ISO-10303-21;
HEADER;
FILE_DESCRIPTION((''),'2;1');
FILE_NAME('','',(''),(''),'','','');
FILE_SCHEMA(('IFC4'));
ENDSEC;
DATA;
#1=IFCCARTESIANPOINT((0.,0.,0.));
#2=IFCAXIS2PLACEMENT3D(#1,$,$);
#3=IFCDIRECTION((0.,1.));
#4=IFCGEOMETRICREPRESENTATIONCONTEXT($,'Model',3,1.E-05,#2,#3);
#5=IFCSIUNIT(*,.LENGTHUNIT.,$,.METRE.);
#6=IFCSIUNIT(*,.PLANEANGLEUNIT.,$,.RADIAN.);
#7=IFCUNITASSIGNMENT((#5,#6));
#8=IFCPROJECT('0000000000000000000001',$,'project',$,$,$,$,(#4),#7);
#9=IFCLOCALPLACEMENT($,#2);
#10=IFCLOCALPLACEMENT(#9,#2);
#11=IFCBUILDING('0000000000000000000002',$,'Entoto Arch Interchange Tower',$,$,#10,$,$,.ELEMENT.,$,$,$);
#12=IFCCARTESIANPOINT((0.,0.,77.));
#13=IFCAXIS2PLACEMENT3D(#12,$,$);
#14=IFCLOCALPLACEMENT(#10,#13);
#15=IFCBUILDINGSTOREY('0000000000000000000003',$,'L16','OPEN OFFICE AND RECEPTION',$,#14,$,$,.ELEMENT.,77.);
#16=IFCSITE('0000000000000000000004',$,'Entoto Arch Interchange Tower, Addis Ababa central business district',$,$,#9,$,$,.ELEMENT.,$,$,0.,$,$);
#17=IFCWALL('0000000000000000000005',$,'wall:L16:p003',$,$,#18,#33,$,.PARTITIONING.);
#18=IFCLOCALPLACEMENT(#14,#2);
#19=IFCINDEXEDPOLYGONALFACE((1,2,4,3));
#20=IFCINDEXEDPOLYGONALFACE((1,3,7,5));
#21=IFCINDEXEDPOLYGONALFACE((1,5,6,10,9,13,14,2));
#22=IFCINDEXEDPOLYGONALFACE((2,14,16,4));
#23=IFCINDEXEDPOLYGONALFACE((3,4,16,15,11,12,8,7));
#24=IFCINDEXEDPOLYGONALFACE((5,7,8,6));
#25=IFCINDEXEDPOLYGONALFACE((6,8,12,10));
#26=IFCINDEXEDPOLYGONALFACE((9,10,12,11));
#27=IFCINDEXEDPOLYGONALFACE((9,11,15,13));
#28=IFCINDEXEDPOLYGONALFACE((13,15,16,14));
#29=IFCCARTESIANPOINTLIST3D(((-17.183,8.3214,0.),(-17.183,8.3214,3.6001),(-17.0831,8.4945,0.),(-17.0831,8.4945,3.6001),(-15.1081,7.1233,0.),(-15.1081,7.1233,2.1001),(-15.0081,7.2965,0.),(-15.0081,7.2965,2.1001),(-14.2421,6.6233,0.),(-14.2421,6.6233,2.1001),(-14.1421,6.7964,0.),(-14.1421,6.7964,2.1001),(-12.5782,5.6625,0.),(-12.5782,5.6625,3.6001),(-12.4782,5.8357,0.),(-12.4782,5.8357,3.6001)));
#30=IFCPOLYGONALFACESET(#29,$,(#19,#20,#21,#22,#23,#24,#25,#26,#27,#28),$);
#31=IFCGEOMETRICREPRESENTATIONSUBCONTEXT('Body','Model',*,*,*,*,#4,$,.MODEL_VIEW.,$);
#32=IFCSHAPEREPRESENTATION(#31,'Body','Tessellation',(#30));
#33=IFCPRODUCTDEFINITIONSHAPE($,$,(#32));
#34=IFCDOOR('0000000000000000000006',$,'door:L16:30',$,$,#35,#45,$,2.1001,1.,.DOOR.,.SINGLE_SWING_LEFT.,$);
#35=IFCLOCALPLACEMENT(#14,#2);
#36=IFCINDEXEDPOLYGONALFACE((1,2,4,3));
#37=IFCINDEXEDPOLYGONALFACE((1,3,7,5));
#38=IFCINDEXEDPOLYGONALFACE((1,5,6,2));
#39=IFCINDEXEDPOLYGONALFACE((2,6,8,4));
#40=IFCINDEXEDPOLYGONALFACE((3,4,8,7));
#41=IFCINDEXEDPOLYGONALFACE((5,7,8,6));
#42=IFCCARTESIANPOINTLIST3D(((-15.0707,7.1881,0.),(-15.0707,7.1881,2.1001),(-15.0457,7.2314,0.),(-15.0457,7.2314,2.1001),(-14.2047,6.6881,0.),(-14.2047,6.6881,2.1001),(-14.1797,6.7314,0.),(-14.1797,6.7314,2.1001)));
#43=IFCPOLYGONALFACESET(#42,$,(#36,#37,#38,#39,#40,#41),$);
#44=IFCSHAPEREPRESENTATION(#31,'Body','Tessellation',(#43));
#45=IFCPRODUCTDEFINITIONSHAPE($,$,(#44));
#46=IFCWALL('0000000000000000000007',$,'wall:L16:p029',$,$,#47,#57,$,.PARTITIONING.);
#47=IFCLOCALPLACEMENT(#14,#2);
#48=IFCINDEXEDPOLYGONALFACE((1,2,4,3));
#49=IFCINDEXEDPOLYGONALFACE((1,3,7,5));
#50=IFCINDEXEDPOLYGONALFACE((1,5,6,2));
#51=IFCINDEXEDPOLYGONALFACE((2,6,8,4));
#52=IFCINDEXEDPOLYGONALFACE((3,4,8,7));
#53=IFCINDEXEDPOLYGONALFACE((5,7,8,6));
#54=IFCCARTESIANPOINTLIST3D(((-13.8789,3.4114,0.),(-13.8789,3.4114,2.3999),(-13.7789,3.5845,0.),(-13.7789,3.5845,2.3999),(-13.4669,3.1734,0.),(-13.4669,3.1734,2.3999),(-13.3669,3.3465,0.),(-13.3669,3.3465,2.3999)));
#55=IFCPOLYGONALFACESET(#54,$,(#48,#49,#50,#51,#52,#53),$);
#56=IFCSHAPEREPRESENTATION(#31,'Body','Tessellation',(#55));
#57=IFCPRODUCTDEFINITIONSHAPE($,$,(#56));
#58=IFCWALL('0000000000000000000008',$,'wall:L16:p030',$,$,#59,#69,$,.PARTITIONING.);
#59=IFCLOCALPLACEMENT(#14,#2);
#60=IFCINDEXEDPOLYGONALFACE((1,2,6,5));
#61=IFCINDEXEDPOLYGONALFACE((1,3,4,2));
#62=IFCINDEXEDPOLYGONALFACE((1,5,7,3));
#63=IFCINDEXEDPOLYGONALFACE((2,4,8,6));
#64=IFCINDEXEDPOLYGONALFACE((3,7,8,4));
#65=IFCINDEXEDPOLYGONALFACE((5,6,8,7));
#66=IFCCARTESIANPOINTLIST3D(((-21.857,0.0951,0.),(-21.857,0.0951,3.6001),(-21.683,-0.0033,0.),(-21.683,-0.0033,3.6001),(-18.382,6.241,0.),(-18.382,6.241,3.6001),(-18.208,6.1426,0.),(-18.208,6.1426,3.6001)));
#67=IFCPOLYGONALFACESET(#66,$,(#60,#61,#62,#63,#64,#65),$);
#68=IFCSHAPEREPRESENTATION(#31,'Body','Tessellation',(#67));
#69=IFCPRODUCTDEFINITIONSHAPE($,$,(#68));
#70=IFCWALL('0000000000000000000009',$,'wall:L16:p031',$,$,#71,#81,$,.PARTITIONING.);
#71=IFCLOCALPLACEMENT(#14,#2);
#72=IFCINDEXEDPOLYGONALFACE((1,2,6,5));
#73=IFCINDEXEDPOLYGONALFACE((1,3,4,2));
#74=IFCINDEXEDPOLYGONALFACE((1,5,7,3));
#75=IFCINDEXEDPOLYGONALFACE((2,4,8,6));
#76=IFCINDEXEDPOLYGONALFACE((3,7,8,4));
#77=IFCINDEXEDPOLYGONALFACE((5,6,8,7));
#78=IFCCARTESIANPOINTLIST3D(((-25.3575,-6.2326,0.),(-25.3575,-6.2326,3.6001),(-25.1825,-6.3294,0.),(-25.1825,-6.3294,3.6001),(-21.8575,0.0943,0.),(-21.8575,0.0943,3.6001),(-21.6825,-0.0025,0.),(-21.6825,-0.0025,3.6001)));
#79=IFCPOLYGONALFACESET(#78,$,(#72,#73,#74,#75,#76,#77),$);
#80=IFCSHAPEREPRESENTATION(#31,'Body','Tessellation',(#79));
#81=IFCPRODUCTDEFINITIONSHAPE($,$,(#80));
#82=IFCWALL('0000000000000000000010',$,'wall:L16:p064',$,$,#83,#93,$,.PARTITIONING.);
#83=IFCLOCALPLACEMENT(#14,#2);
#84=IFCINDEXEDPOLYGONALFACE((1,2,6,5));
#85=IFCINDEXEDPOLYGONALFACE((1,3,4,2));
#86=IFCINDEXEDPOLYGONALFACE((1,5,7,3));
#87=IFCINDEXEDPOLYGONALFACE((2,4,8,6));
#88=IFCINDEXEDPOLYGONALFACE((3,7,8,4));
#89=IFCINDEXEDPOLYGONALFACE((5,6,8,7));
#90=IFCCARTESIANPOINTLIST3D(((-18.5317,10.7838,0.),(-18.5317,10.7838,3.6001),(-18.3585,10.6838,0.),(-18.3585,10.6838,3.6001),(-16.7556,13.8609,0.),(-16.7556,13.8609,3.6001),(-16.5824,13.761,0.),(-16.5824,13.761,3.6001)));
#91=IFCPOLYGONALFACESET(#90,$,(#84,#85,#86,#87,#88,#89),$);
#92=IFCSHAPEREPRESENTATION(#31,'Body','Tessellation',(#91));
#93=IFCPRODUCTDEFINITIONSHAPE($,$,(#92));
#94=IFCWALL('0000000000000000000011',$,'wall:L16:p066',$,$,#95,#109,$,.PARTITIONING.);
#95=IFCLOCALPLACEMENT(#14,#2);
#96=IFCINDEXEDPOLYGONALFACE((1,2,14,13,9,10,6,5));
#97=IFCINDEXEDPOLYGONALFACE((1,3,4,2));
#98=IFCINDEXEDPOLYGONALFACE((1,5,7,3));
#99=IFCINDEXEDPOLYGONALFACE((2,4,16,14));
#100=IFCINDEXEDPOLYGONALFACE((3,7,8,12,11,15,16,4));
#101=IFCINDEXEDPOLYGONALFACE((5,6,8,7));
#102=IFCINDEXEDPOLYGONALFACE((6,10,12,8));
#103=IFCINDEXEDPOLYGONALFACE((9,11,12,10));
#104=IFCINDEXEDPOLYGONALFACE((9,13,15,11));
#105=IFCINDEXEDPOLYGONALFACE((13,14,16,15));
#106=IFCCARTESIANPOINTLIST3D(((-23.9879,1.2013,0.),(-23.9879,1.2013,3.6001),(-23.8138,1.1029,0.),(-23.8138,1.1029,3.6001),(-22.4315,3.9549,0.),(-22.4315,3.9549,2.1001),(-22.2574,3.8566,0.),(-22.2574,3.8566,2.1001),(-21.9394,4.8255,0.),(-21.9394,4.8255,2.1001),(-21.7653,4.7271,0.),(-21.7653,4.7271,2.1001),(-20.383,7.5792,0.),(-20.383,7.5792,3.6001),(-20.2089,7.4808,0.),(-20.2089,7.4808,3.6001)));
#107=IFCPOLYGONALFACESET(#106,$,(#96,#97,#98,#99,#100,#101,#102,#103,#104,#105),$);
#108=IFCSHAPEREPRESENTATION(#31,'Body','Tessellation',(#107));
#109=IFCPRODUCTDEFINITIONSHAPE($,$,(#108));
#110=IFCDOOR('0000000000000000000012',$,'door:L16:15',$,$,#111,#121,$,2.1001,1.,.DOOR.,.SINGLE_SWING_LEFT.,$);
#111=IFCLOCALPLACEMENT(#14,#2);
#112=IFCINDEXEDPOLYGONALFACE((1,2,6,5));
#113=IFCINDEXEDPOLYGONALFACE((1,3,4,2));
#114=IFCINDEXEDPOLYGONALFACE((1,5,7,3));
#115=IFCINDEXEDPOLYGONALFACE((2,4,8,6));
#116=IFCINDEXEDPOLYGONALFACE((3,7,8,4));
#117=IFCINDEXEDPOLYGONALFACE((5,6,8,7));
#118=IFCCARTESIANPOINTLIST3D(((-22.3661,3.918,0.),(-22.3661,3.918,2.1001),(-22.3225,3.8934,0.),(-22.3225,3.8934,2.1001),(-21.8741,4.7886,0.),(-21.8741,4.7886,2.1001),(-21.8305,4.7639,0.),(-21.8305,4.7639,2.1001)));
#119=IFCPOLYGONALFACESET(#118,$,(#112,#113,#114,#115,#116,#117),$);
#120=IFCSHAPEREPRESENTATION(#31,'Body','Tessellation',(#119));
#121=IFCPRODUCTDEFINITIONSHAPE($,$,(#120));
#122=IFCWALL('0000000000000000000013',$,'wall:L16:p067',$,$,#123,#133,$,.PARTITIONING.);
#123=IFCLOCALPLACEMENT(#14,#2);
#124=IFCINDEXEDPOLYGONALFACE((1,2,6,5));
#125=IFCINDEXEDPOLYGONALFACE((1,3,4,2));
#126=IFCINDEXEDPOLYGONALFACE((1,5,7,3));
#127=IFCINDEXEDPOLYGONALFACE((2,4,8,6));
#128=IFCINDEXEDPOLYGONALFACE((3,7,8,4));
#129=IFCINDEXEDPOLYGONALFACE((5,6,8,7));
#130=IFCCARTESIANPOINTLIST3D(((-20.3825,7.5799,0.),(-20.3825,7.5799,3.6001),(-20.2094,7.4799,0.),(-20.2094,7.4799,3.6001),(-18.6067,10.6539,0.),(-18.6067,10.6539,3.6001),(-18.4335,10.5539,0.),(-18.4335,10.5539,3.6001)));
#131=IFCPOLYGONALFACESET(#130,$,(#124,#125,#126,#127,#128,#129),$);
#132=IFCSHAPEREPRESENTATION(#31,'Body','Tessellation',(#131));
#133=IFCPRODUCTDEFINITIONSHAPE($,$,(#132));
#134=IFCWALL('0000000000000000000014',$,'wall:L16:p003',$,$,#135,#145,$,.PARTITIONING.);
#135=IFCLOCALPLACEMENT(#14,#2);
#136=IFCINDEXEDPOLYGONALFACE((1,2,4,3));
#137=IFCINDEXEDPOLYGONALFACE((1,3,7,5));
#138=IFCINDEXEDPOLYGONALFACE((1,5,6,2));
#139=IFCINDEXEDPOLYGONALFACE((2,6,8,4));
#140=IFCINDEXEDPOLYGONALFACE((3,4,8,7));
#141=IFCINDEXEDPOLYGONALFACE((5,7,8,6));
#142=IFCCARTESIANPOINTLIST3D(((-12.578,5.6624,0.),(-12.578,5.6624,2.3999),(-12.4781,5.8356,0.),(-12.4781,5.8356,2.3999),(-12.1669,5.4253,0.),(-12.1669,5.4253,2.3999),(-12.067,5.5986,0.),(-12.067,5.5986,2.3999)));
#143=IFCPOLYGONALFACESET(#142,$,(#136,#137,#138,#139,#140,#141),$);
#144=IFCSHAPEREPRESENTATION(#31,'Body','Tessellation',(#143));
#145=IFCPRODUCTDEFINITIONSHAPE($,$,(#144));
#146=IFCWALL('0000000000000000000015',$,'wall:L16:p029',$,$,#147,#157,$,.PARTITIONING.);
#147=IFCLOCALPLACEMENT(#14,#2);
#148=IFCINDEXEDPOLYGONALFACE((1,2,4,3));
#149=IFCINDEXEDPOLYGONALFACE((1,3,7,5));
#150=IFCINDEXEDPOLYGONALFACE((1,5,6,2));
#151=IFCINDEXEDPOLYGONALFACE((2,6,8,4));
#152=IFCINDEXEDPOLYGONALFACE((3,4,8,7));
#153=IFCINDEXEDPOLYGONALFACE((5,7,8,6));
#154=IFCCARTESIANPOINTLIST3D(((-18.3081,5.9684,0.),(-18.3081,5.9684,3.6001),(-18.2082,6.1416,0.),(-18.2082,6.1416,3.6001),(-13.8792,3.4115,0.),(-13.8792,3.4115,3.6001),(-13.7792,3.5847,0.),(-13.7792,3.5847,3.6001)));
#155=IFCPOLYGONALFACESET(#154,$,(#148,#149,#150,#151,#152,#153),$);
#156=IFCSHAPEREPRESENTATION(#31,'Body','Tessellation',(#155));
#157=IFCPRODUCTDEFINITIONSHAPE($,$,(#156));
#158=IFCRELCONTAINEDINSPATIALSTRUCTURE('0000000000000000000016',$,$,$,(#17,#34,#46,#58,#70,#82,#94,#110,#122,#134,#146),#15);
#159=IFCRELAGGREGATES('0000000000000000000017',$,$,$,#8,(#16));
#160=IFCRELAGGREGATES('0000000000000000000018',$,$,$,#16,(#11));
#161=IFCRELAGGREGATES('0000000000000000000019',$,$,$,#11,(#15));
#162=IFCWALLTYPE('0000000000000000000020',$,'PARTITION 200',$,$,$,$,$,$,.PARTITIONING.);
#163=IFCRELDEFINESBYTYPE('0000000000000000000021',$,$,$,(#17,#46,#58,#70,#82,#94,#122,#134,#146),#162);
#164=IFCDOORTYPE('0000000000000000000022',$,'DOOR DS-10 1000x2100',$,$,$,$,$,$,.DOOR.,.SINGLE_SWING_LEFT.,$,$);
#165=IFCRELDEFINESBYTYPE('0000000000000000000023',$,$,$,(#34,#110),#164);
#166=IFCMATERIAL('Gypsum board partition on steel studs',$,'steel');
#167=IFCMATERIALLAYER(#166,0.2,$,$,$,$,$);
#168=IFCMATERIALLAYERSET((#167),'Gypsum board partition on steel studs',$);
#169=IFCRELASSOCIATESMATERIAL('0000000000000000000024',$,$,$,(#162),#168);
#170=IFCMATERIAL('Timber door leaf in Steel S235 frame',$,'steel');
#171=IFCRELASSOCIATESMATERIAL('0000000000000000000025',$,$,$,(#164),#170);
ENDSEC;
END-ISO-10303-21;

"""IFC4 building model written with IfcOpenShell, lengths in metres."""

from ifc_helpers import new_model, si_unit, direction, frame, frame_2d, origin, place, context, subcontext, project, spatial, rectangle, extrude, material, layer, layer_set, type_object, element, fill, save


model = new_model("IFC4")

# Units and contexts
model_context = context("Model", 3, precision=1e-05, world=origin(), true_north=direction((0.0, 1.0)))
body_context = subcontext(model_context, "Body", "Model", "MODEL_VIEW")
ifc_project = project(units=[si_unit("LENGTHUNIT", "METRE"), si_unit("PLANEANGLEUNIT", "RADIAN")], contexts=[model_context])

# Site, building, storey
site_placement = place(None, origin())
site = spatial("IfcSite", under=ifc_project, at=site_placement, Name="Entoto Arch Interchange Tower, Addis Ababa central business district", CompositionType="ELEMENT", RefElevation=0.0)
building_placement = place(site_placement, origin())
building = spatial("IfcBuilding", under=site, at=building_placement, Name="Entoto Arch Interchange Tower", CompositionType="ELEMENT")
storey_placement = place(building_placement, frame((0.0, 0.0, 77.0)))
storey = spatial("IfcBuildingStorey", under=building, at=storey_placement, Name="L16", Description="OPEN OFFICE AND RECEPTION", CompositionType="ELEMENT", Elevation=77.0)

# Shared definitions
ifc_material_1 = material(Name="Gypsum board partition on steel studs", Category="steel")
ifc_layer_1 = layer(ifc_material_1, 0.2)
ifc_layer_set_1 = layer_set([ifc_layer_1], Name="Gypsum board partition on steel studs")
wall_type_1 = type_object("IfcWallType", Name="PARTITION 200", PredefinedType="PARTITIONING", material=ifc_layer_set_1)

# Wall, opening, door
wall_1_placement = place(storey_placement, frame((-17.1331, 8.408, 0.0), z_axis=(0.0, 0.0, 1.0), x_axis=(0.866005, -0.500035, 0.0)))
wall_1 = element("IfcWall", 1, at=wall_1_placement, inside=storey, type_object=wall_type_1, Name="wall:L16:p003", PredefinedType="PARTITIONING", context=body_context, shape_type="SweptSolid", body=[
    extrude(rectangle(XDim=5.3174, YDim=0.2, at=frame_2d((2.6587, 0.0))), origin(), (0.0, 0.0, 1.0), 3.6001),
])
opening_1_placement = place(wall_1_placement, frame((2.396, 0.0, 0.0)))
opening_1 = element("IfcOpeningElement", 2, at=opening_1_placement, cuts=wall_1, PredefinedType="OPENING", context=body_context, shape_type="SweptSolid", body=[
    extrude(rectangle(XDim=1.0, YDim=2.1001, at=frame_2d((0.5, 1.05))), frame((0.0, 0.1099, 0.0), z_axis=(0.0, -1.0, 0.0), x_axis=(1.0, 0.0, 0.0)), (0.0, 0.0, 1.0), 0.22),
])
ifc_material_2 = material(Name="Timber door leaf in Steel S235 frame", Category="steel")
door_type_1 = type_object("IfcDoorType", Name="DOOR DS-10 1000x2100", OperationType="SINGLE_SWING_LEFT", PredefinedType="DOOR", material=ifc_material_2)
door_1_placement = place(opening_1_placement, origin())
door_1 = element("IfcDoor", 3, at=door_1_placement, inside=storey, type_object=door_type_1, Name="door:L16:30", OperationType="SINGLE_SWING_LEFT", OverallHeight=2.1001, OverallWidth=1.0, PredefinedType="DOOR", context=body_context, shape_type="SweptSolid", body=[
    extrude(rectangle(XDim=1.0, YDim=2.1001, at=frame_2d((0.5, 1.05))), frame((0.0, 0.0249, 0.0), z_axis=(0.0, -1.0, 0.0), x_axis=(1.0, 0.0, 0.0)), (0.0, 0.0, 1.0), 0.05),
])
fill(opening_1, door_1)

# Walls
wall_2_placement = place(storey_placement, frame((-13.417, 3.26, 0.0), z_axis=(0.0, 0.0, 1.0), x_axis=(-0.865929, 0.500166, 0.0)))
element("IfcWall", 4, at=wall_2_placement, inside=storey, type_object=wall_type_1, Name="wall:L16:p029", PredefinedType="PARTITIONING", context=body_context, shape_type="SweptSolid", body=[
    extrude(rectangle(XDim=0.4758, YDim=0.2, at=frame_2d((0.2378, 0.0))), origin(), (0.0, 0.0, 1.0), 2.3999),
])
wall_3_placement = place(storey_placement, frame((-18.2949, 6.1919, 0.0), z_axis=(0.0, 0.0, 1.0), x_axis=(-0.492194, -0.870486, 0.0)))
element("IfcWall", 5, at=wall_3_placement, inside=storey, type_object=wall_type_1, Name="wall:L16:p030", PredefinedType="PARTITIONING", context=body_context, shape_type="SweptSolid", body=[
    extrude(rectangle(XDim=7.0603, YDim=0.2, at=frame_2d((3.5303, 0.0))), origin(), (0.0, 0.0, 1.0), 3.6001),
])
wall_4_placement = place(storey_placement, frame((-21.77, 0.0459, 0.0), z_axis=(0.0, 0.0, 1.0), x_axis=(-0.484062, -0.875033, 0.0)))
element("IfcWall", 6, at=wall_4_placement, inside=storey, type_object=wall_type_1, Name="wall:L16:p031", PredefinedType="PARTITIONING", context=body_context, shape_type="SweptSolid", body=[
    extrude(rectangle(XDim=7.2305, YDim=0.2, at=frame_2d((3.6152, 0.0))), origin(), (0.0, 0.0, 1.0), 3.6001),
])
wall_5_placement = place(storey_placement, frame((-18.4451, 10.7339, 0.0), z_axis=(0.0, 0.0, 1.0), x_axis=(0.499901, 0.866083, 0.0)))
element("IfcWall", 7, at=wall_5_placement, inside=storey, type_object=wall_type_1, Name="wall:L16:p064", PredefinedType="PARTITIONING", context=body_context, shape_type="SweptSolid", body=[
    extrude(rectangle(XDim=3.553, YDim=0.2, at=frame_2d((1.7764, 0.0))), origin(), (0.0, 0.0, 1.0), 3.6001),
])

# Wall, opening, door
wall_6_placement = place(storey_placement, frame((-23.9009, 1.1521, 0.0), z_axis=(0.0, 0.0, 1.0), x_axis=(0.492064, 0.870559, 0.0)))
wall_6 = element("IfcWall", 8, at=wall_6_placement, inside=storey, type_object=wall_type_1, Name="wall:L16:p066", PredefinedType="PARTITIONING", context=body_context, shape_type="SweptSolid", body=[
    extrude(rectangle(XDim=7.3262, YDim=0.2, at=frame_2d((3.6631, 0.0))), origin(), (0.0, 0.0, 1.0), 3.6001),
])
opening_2_placement = place(wall_6_placement, frame((3.1631, 0.0, 0.0)))
opening_2 = element("IfcOpeningElement", 9, at=opening_2_placement, cuts=wall_6, PredefinedType="OPENING", context=body_context, shape_type="SweptSolid", body=[
    extrude(rectangle(XDim=1.0, YDim=2.1001, at=frame_2d((0.5, 1.05))), frame((0.0, 0.1099, 0.0), z_axis=(0.0, -1.0, 0.0), x_axis=(1.0, 0.0, 0.0)), (0.0, 0.0, 1.0), 0.22),
])
door_2_placement = place(opening_2_placement, origin())
door_2 = element("IfcDoor", 10, at=door_2_placement, inside=storey, type_object=door_type_1, Name="door:L16:15", OperationType="SINGLE_SWING_LEFT", OverallHeight=2.1001, OverallWidth=1.0, PredefinedType="DOOR", context=body_context, shape_type="SweptSolid", body=[
    extrude(rectangle(XDim=1.0, YDim=2.1001, at=frame_2d((0.5, 1.05))), frame((0.0, 0.0249, 0.0), z_axis=(0.0, -1.0, 0.0), x_axis=(1.0, 0.0, 0.0)), (0.0, 0.0, 1.0), 0.05),
])
fill(opening_2, door_2)

# Walls
wall_7_placement = place(storey_placement, frame((-20.2959, 7.53, 0.0), z_axis=(0.0, 0.0, 1.0), x_axis=(0.500236, 0.865889, 0.0)))
element("IfcWall", 11, at=wall_7_placement, inside=storey, type_object=wall_type_1, Name="wall:L16:p067", PredefinedType="PARTITIONING", context=body_context, shape_type="SweptSolid", body=[
    extrude(rectangle(XDim=3.55, YDim=0.2, at=frame_2d((1.7749, 0.0))), origin(), (0.0, 0.0, 1.0), 3.6001),
])
wall_8_placement = place(storey_placement, frame((-12.5281, 5.749, 0.0), z_axis=(0.0, 0.0, 1.0), x_axis=(0.866305, -0.499515, 0.0)))
element("IfcWall", 12, at=wall_8_placement, inside=storey, type_object=wall_type_1, Name="wall:L16:p003", PredefinedType="PARTITIONING", context=body_context, shape_type="SweptSolid", body=[
    extrude(rectangle(XDim=0.4746, YDim=0.2, at=frame_2d((0.2373, 0.0))), origin(), (0.0, 0.0, 1.0), 2.3999),
])
wall_9_placement = place(storey_placement, frame((-13.8291, 3.498, 0.0), z_axis=(0.0, 0.0, 1.0), x_axis=(-0.86604, 0.499975, 0.0)))
element("IfcWall", 13, at=wall_9_placement, inside=storey, type_object=wall_type_1, Name="wall:L16:p029", PredefinedType="PARTITIONING", context=body_context, shape_type="SweptSolid", body=[
    extrude(rectangle(XDim=5.114, YDim=0.2, at=frame_2d((2.5571, 0.0))), origin(), (0.0, 0.0, 1.0), 3.6001),
])

save(model, "model.ifc")
